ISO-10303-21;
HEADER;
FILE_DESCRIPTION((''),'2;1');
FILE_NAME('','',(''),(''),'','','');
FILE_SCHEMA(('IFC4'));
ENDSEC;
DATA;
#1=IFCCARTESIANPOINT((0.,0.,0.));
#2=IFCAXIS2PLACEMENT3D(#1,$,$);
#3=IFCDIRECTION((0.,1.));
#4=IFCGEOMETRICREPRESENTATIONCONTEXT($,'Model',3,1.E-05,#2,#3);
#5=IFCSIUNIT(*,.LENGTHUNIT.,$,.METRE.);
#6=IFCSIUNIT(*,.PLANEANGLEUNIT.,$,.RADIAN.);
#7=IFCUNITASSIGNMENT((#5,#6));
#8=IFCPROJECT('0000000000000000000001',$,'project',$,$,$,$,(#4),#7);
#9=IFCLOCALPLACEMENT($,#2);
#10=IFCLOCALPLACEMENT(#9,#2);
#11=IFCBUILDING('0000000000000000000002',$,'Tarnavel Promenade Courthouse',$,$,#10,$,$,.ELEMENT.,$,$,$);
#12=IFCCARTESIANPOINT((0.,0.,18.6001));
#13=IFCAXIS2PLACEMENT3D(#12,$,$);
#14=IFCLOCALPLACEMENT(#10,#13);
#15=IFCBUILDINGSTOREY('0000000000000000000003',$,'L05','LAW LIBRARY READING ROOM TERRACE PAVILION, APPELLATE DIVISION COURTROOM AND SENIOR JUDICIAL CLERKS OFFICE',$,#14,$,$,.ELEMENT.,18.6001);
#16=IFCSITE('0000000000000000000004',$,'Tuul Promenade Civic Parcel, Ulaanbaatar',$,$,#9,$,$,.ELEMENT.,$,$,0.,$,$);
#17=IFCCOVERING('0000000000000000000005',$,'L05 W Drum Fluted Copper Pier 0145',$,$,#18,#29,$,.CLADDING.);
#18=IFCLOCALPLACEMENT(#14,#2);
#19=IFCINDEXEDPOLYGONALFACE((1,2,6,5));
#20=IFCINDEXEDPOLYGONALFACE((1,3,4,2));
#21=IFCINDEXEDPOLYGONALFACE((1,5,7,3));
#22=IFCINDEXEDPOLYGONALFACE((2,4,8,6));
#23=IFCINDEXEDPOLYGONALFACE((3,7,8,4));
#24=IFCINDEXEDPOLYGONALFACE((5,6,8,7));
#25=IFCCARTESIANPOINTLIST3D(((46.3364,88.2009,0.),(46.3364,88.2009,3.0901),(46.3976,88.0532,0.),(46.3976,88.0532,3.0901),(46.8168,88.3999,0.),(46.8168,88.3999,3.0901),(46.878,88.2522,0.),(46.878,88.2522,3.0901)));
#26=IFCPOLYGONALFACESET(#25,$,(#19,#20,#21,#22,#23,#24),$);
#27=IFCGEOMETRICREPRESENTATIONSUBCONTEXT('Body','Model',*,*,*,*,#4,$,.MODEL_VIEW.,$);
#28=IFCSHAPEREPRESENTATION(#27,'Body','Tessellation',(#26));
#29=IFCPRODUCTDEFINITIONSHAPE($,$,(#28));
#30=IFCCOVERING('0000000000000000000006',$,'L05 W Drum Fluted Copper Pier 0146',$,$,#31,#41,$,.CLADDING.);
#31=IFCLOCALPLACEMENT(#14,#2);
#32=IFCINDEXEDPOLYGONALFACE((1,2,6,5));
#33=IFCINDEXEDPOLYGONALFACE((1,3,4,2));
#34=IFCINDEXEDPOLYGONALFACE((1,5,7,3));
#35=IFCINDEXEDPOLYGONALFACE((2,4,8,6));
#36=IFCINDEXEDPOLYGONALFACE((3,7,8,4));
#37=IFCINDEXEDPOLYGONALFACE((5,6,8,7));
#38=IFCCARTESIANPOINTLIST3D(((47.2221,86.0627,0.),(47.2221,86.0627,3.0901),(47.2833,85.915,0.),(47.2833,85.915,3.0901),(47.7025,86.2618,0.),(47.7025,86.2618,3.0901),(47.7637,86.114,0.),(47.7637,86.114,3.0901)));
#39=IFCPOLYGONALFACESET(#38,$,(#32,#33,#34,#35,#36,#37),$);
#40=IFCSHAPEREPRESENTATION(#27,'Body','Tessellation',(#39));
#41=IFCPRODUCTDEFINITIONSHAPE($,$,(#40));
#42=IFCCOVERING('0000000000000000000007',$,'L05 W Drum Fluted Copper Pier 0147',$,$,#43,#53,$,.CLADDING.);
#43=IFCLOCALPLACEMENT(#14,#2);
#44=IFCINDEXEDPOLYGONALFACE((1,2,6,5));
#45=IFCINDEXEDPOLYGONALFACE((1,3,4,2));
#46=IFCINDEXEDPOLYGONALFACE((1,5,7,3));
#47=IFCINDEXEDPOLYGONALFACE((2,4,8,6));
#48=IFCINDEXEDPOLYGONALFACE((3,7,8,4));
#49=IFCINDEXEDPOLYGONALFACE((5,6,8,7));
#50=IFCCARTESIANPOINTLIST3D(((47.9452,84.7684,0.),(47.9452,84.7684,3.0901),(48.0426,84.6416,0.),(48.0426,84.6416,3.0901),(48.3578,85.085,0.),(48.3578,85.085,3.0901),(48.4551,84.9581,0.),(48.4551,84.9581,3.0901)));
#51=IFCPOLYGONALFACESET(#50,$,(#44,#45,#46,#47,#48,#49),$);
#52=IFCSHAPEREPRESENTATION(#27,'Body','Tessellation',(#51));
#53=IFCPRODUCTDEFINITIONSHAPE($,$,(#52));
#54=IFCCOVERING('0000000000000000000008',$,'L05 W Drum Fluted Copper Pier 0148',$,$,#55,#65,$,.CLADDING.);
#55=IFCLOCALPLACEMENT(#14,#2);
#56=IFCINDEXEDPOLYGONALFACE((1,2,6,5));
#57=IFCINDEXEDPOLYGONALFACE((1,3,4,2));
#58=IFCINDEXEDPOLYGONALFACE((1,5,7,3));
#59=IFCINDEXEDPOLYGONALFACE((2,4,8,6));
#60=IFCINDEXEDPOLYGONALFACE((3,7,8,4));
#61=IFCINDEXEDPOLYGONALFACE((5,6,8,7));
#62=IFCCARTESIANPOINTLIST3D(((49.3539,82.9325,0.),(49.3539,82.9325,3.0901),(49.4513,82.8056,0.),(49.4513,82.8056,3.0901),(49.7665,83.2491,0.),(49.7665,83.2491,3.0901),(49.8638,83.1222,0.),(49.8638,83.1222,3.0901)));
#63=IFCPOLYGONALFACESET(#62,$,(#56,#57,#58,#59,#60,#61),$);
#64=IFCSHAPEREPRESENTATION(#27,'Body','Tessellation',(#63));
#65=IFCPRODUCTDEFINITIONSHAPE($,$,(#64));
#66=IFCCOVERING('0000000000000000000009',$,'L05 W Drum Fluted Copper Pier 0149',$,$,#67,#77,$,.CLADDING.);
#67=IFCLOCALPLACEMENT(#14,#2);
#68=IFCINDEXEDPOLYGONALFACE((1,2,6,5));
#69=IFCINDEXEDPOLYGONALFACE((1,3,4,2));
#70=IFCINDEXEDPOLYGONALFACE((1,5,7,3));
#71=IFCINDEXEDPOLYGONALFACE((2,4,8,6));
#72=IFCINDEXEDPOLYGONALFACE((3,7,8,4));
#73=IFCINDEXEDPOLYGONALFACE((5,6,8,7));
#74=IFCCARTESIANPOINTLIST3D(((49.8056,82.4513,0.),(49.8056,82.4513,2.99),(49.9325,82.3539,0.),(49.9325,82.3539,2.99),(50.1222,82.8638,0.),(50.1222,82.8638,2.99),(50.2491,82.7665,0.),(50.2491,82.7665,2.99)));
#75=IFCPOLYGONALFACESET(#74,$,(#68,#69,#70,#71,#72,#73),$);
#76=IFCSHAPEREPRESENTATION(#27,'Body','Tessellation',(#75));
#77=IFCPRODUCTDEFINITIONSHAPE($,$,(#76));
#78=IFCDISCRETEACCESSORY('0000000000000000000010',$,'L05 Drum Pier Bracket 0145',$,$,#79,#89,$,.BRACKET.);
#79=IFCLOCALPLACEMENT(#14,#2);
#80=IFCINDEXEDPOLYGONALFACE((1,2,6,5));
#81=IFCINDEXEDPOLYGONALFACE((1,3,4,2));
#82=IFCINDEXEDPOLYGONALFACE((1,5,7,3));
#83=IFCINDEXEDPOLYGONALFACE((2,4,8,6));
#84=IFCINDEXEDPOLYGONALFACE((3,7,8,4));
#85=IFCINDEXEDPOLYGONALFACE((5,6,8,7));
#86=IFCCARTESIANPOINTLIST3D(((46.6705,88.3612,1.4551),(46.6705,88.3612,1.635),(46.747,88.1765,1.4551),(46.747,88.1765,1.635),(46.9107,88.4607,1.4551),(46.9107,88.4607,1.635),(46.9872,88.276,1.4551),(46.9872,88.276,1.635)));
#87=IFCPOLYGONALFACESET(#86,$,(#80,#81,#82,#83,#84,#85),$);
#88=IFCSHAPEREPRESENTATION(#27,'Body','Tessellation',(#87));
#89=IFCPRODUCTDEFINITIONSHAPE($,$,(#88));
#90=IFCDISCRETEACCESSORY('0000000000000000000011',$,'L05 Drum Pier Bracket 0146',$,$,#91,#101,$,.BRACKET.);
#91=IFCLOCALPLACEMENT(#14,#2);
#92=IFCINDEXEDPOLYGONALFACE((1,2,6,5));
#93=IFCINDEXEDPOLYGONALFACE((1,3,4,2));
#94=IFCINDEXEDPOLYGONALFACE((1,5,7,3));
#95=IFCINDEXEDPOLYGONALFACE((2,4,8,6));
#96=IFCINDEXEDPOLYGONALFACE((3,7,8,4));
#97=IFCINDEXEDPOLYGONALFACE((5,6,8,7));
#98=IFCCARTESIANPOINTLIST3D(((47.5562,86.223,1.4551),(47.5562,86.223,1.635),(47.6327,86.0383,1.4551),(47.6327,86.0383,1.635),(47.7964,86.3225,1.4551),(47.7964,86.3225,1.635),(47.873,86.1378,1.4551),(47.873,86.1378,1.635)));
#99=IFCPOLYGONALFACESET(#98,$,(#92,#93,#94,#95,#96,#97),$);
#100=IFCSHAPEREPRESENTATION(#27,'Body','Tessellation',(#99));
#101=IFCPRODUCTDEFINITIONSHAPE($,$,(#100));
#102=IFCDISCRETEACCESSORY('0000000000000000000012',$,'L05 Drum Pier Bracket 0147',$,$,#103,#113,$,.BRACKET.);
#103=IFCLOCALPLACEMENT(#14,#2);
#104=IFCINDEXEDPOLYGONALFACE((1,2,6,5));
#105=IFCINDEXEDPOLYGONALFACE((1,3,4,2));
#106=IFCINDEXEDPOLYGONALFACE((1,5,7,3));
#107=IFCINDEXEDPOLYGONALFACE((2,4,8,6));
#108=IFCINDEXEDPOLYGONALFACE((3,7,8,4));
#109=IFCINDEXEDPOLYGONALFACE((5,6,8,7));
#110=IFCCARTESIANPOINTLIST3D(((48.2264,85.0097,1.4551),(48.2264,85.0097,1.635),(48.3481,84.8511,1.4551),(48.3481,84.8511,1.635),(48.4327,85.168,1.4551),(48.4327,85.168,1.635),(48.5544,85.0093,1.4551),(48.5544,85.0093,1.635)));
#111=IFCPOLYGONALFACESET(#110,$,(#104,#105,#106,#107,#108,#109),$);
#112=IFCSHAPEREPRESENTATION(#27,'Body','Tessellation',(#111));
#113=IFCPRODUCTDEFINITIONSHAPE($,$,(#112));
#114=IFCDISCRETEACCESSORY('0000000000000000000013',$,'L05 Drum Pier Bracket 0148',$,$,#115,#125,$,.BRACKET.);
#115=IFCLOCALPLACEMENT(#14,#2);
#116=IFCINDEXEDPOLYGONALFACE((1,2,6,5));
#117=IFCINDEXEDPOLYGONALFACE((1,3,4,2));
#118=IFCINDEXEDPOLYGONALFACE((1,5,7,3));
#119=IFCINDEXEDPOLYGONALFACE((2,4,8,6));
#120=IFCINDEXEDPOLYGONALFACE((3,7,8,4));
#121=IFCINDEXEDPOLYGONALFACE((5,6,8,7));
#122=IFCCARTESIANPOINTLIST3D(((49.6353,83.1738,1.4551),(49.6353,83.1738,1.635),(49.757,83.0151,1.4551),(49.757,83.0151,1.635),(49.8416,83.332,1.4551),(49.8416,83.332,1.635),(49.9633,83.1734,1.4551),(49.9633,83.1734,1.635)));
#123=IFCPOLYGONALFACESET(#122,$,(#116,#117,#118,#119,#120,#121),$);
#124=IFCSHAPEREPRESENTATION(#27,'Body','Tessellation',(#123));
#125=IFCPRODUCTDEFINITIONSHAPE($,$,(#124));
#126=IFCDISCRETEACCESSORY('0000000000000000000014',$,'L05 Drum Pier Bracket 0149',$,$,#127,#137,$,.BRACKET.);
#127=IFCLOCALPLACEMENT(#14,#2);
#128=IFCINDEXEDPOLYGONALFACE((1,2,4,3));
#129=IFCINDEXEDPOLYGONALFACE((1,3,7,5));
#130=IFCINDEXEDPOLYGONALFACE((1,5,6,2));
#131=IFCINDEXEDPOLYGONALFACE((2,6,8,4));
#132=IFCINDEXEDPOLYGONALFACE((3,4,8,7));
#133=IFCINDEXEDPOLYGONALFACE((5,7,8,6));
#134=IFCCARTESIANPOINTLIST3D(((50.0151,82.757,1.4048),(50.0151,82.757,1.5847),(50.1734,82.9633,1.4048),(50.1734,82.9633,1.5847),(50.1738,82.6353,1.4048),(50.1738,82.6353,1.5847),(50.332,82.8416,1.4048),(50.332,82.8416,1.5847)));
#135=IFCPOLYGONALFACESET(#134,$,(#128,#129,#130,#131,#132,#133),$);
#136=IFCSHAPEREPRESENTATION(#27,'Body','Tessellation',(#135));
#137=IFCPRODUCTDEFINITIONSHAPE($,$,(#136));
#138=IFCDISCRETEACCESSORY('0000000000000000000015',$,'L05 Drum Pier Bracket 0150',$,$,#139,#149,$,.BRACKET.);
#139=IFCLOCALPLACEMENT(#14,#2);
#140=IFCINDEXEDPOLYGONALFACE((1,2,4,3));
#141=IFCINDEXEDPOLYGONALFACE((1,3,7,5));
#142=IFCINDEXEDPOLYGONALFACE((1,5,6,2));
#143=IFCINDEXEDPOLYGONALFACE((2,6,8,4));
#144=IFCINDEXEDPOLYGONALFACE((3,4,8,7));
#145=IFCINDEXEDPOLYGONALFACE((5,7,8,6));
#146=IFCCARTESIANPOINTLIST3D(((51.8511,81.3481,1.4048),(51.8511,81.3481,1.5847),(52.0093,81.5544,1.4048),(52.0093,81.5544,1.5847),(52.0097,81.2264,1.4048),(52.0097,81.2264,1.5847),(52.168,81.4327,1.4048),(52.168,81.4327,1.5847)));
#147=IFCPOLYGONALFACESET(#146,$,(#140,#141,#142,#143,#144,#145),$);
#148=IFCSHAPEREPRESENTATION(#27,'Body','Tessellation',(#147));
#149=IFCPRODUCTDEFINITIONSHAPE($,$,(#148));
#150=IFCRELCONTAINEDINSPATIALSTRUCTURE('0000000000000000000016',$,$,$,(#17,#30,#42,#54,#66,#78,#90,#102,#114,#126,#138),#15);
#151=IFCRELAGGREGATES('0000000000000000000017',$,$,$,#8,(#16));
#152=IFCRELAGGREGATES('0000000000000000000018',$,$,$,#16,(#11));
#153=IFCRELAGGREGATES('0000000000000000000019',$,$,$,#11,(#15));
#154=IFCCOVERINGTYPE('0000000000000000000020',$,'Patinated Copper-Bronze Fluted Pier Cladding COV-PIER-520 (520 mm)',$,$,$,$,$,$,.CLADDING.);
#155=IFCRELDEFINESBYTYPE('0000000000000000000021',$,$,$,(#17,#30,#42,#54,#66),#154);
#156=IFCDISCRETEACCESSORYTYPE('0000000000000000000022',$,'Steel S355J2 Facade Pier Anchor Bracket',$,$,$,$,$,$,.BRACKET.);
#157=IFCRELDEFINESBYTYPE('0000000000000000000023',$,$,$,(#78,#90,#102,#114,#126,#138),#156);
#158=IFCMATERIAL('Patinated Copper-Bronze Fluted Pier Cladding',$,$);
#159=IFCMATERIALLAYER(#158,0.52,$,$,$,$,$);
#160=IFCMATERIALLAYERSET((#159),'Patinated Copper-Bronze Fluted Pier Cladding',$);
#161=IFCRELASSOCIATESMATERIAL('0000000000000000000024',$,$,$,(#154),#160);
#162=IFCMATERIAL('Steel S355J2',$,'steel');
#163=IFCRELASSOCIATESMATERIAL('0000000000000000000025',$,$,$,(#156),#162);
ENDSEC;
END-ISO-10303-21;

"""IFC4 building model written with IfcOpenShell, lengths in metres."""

from ifc_helpers import new_model, si_unit, direction, frame, origin, origin_2d, place, context, subcontext, project, spatial, rectangle, extrude, material, layer, layer_set, type_object, element, save


model = new_model("IFC4")

# Units and contexts
model_context = context("Model", 3, precision=1e-05, world=origin(), true_north=direction((0.0, 1.0)))
body_context = subcontext(model_context, "Body", "Model", "MODEL_VIEW")
ifc_project = project(units=[si_unit("LENGTHUNIT", "METRE"), si_unit("PLANEANGLEUNIT", "RADIAN")], contexts=[model_context])

# Site, building, storey
site_placement = place(None, origin())
site = spatial("IfcSite", under=ifc_project, at=site_placement, Name="Tuul Promenade Civic Parcel, Ulaanbaatar", CompositionType="ELEMENT", RefElevation=0.0)
building_placement = place(site_placement, origin())
building = spatial("IfcBuilding", under=site, at=building_placement, Name="Tarnavel Promenade Courthouse", CompositionType="ELEMENT")
storey_placement = place(building_placement, frame((0.0, 0.0, 18.6001)))
storey = spatial("IfcBuildingStorey", under=building, at=storey_placement, Name="L05", Description="LAW LIBRARY READING ROOM TERRACE PAVILION, APPELLATE DIVISION COURTROOM AND SENIOR JUDICIAL CLERKS OFFICE", CompositionType="ELEMENT", Elevation=18.6001)

# Shared definitions
ifc_material_1 = material(Name="Steel S355J2", Category="steel")

# Coverings
ifc_material_2 = material(Name="Patinated Copper-Bronze Fluted Pier Cladding")
ifc_layer_1 = layer(ifc_material_2, 0.52)
ifc_layer_set_1 = layer_set([ifc_layer_1], Name="Patinated Copper-Bronze Fluted Pier Cladding")
covering_type = type_object("IfcCoveringType", Name="Patinated Copper-Bronze Fluted Pier Cladding COV-PIER-520 (520 mm)", PredefinedType="CLADDING", material=ifc_layer_set_1)
for number, where, z_axis, x_axis, name in (
    (1, (46.6072, 88.2266, 0.0), (0.0, 0.0, 1.0), (0.382683, -0.92388, 0.0), "L05 W Drum Fluted Copper Pier 0145"),
    (2, (47.4929, 86.0884, 0.0), (0.0, 0.0, 1.0), (0.382683, -0.92388, 0.0), "L05 W Drum Fluted Copper Pier 0146"),
    (3, (48.2002, 84.8633, 0.0), (0.0, 0.0, 1.0), (0.608761, -0.793353, 0.0), "L05 W Drum Fluted Copper Pier 0147"),
    (4, (49.6089, 83.0273, 0.0), (0.0, 0.0, 1.0), (0.608761, -0.793353, 0.0), "L05 W Drum Fluted Copper Pier 0148"),
):
    element("IfcCovering", number, at=place(storey_placement, frame(where, z_axis=z_axis, x_axis=x_axis)), inside=storey, type_object=covering_type, Name=name, PredefinedType="CLADDING", context=body_context, shape_type="SweptSolid", body=[
        extrude(rectangle(XDim=0.1599, YDim=0.52, at=origin_2d()), origin(), (0.0, 0.0, 1.0), 3.0901),
    ])
covering_placement = place(storey_placement, frame((50.0273, 82.6089, 0.0), z_axis=(0.0, 0.0, 1.0), x_axis=(0.793353, -0.608761, 0.0)))
element("IfcCovering", 5, at=covering_placement, inside=storey, type_object=covering_type, Name="L05 W Drum Fluted Copper Pier 0149", PredefinedType="CLADDING", context=body_context, shape_type="SweptSolid", body=[
    extrude(rectangle(XDim=0.1599, YDim=0.52, at=origin_2d()), origin(), (0.0, 0.0, 1.0), 2.99),
])

# Discrete accessories
discrete_accessory_type = type_object("IfcDiscreteAccessoryType", Name="Steel S355J2 Facade Pier Anchor Bracket", PredefinedType="BRACKET", material=ifc_material_1)
for number, where, z_axis, x_axis, name in (
    (6, (46.8289, 88.3186, 1.4551), (0.0, 0.0, 1.0), (0.382683, -0.92388, 0.0), "L05 Drum Pier Bracket 0145"),
    (7, (47.7146, 86.1804, 1.4551), (0.0, 0.0, 1.0), (0.382683, -0.92388, 0.0), "L05 Drum Pier Bracket 0146"),
    (8, (48.3904, 85.0095, 1.4551), (0.0, 0.0, 1.0), (0.608761, -0.793353, 0.0), "L05 Drum Pier Bracket 0147"),
    (9, (49.7993, 83.1736, 1.4551), (0.0, 0.0, 1.0), (0.608761, -0.793353, 0.0), "L05 Drum Pier Bracket 0148"),
    (10, (50.1736, 82.7993, 1.4048), (0.0, 0.0, 1.0), (0.793353, -0.608761, 0.0), "L05 Drum Pier Bracket 0149"),
    (11, (52.0095, 81.3904, 1.4048), (0.0, 0.0, 1.0), (0.793353, -0.608761, 0.0), "L05 Drum Pier Bracket 0150"),
):
    element("IfcDiscreteAccessory", number, at=place(storey_placement, frame(where, z_axis=z_axis, x_axis=x_axis)), inside=storey, type_object=discrete_accessory_type, Name=name, PredefinedType="BRACKET", context=body_context, shape_type="SweptSolid", body=[
        extrude(rectangle(XDim=0.2, YDim=0.26, at=origin_2d()), origin(), (0.0, 0.0, 1.0), 0.1799),
    ])

save(model, "model.ifc")
